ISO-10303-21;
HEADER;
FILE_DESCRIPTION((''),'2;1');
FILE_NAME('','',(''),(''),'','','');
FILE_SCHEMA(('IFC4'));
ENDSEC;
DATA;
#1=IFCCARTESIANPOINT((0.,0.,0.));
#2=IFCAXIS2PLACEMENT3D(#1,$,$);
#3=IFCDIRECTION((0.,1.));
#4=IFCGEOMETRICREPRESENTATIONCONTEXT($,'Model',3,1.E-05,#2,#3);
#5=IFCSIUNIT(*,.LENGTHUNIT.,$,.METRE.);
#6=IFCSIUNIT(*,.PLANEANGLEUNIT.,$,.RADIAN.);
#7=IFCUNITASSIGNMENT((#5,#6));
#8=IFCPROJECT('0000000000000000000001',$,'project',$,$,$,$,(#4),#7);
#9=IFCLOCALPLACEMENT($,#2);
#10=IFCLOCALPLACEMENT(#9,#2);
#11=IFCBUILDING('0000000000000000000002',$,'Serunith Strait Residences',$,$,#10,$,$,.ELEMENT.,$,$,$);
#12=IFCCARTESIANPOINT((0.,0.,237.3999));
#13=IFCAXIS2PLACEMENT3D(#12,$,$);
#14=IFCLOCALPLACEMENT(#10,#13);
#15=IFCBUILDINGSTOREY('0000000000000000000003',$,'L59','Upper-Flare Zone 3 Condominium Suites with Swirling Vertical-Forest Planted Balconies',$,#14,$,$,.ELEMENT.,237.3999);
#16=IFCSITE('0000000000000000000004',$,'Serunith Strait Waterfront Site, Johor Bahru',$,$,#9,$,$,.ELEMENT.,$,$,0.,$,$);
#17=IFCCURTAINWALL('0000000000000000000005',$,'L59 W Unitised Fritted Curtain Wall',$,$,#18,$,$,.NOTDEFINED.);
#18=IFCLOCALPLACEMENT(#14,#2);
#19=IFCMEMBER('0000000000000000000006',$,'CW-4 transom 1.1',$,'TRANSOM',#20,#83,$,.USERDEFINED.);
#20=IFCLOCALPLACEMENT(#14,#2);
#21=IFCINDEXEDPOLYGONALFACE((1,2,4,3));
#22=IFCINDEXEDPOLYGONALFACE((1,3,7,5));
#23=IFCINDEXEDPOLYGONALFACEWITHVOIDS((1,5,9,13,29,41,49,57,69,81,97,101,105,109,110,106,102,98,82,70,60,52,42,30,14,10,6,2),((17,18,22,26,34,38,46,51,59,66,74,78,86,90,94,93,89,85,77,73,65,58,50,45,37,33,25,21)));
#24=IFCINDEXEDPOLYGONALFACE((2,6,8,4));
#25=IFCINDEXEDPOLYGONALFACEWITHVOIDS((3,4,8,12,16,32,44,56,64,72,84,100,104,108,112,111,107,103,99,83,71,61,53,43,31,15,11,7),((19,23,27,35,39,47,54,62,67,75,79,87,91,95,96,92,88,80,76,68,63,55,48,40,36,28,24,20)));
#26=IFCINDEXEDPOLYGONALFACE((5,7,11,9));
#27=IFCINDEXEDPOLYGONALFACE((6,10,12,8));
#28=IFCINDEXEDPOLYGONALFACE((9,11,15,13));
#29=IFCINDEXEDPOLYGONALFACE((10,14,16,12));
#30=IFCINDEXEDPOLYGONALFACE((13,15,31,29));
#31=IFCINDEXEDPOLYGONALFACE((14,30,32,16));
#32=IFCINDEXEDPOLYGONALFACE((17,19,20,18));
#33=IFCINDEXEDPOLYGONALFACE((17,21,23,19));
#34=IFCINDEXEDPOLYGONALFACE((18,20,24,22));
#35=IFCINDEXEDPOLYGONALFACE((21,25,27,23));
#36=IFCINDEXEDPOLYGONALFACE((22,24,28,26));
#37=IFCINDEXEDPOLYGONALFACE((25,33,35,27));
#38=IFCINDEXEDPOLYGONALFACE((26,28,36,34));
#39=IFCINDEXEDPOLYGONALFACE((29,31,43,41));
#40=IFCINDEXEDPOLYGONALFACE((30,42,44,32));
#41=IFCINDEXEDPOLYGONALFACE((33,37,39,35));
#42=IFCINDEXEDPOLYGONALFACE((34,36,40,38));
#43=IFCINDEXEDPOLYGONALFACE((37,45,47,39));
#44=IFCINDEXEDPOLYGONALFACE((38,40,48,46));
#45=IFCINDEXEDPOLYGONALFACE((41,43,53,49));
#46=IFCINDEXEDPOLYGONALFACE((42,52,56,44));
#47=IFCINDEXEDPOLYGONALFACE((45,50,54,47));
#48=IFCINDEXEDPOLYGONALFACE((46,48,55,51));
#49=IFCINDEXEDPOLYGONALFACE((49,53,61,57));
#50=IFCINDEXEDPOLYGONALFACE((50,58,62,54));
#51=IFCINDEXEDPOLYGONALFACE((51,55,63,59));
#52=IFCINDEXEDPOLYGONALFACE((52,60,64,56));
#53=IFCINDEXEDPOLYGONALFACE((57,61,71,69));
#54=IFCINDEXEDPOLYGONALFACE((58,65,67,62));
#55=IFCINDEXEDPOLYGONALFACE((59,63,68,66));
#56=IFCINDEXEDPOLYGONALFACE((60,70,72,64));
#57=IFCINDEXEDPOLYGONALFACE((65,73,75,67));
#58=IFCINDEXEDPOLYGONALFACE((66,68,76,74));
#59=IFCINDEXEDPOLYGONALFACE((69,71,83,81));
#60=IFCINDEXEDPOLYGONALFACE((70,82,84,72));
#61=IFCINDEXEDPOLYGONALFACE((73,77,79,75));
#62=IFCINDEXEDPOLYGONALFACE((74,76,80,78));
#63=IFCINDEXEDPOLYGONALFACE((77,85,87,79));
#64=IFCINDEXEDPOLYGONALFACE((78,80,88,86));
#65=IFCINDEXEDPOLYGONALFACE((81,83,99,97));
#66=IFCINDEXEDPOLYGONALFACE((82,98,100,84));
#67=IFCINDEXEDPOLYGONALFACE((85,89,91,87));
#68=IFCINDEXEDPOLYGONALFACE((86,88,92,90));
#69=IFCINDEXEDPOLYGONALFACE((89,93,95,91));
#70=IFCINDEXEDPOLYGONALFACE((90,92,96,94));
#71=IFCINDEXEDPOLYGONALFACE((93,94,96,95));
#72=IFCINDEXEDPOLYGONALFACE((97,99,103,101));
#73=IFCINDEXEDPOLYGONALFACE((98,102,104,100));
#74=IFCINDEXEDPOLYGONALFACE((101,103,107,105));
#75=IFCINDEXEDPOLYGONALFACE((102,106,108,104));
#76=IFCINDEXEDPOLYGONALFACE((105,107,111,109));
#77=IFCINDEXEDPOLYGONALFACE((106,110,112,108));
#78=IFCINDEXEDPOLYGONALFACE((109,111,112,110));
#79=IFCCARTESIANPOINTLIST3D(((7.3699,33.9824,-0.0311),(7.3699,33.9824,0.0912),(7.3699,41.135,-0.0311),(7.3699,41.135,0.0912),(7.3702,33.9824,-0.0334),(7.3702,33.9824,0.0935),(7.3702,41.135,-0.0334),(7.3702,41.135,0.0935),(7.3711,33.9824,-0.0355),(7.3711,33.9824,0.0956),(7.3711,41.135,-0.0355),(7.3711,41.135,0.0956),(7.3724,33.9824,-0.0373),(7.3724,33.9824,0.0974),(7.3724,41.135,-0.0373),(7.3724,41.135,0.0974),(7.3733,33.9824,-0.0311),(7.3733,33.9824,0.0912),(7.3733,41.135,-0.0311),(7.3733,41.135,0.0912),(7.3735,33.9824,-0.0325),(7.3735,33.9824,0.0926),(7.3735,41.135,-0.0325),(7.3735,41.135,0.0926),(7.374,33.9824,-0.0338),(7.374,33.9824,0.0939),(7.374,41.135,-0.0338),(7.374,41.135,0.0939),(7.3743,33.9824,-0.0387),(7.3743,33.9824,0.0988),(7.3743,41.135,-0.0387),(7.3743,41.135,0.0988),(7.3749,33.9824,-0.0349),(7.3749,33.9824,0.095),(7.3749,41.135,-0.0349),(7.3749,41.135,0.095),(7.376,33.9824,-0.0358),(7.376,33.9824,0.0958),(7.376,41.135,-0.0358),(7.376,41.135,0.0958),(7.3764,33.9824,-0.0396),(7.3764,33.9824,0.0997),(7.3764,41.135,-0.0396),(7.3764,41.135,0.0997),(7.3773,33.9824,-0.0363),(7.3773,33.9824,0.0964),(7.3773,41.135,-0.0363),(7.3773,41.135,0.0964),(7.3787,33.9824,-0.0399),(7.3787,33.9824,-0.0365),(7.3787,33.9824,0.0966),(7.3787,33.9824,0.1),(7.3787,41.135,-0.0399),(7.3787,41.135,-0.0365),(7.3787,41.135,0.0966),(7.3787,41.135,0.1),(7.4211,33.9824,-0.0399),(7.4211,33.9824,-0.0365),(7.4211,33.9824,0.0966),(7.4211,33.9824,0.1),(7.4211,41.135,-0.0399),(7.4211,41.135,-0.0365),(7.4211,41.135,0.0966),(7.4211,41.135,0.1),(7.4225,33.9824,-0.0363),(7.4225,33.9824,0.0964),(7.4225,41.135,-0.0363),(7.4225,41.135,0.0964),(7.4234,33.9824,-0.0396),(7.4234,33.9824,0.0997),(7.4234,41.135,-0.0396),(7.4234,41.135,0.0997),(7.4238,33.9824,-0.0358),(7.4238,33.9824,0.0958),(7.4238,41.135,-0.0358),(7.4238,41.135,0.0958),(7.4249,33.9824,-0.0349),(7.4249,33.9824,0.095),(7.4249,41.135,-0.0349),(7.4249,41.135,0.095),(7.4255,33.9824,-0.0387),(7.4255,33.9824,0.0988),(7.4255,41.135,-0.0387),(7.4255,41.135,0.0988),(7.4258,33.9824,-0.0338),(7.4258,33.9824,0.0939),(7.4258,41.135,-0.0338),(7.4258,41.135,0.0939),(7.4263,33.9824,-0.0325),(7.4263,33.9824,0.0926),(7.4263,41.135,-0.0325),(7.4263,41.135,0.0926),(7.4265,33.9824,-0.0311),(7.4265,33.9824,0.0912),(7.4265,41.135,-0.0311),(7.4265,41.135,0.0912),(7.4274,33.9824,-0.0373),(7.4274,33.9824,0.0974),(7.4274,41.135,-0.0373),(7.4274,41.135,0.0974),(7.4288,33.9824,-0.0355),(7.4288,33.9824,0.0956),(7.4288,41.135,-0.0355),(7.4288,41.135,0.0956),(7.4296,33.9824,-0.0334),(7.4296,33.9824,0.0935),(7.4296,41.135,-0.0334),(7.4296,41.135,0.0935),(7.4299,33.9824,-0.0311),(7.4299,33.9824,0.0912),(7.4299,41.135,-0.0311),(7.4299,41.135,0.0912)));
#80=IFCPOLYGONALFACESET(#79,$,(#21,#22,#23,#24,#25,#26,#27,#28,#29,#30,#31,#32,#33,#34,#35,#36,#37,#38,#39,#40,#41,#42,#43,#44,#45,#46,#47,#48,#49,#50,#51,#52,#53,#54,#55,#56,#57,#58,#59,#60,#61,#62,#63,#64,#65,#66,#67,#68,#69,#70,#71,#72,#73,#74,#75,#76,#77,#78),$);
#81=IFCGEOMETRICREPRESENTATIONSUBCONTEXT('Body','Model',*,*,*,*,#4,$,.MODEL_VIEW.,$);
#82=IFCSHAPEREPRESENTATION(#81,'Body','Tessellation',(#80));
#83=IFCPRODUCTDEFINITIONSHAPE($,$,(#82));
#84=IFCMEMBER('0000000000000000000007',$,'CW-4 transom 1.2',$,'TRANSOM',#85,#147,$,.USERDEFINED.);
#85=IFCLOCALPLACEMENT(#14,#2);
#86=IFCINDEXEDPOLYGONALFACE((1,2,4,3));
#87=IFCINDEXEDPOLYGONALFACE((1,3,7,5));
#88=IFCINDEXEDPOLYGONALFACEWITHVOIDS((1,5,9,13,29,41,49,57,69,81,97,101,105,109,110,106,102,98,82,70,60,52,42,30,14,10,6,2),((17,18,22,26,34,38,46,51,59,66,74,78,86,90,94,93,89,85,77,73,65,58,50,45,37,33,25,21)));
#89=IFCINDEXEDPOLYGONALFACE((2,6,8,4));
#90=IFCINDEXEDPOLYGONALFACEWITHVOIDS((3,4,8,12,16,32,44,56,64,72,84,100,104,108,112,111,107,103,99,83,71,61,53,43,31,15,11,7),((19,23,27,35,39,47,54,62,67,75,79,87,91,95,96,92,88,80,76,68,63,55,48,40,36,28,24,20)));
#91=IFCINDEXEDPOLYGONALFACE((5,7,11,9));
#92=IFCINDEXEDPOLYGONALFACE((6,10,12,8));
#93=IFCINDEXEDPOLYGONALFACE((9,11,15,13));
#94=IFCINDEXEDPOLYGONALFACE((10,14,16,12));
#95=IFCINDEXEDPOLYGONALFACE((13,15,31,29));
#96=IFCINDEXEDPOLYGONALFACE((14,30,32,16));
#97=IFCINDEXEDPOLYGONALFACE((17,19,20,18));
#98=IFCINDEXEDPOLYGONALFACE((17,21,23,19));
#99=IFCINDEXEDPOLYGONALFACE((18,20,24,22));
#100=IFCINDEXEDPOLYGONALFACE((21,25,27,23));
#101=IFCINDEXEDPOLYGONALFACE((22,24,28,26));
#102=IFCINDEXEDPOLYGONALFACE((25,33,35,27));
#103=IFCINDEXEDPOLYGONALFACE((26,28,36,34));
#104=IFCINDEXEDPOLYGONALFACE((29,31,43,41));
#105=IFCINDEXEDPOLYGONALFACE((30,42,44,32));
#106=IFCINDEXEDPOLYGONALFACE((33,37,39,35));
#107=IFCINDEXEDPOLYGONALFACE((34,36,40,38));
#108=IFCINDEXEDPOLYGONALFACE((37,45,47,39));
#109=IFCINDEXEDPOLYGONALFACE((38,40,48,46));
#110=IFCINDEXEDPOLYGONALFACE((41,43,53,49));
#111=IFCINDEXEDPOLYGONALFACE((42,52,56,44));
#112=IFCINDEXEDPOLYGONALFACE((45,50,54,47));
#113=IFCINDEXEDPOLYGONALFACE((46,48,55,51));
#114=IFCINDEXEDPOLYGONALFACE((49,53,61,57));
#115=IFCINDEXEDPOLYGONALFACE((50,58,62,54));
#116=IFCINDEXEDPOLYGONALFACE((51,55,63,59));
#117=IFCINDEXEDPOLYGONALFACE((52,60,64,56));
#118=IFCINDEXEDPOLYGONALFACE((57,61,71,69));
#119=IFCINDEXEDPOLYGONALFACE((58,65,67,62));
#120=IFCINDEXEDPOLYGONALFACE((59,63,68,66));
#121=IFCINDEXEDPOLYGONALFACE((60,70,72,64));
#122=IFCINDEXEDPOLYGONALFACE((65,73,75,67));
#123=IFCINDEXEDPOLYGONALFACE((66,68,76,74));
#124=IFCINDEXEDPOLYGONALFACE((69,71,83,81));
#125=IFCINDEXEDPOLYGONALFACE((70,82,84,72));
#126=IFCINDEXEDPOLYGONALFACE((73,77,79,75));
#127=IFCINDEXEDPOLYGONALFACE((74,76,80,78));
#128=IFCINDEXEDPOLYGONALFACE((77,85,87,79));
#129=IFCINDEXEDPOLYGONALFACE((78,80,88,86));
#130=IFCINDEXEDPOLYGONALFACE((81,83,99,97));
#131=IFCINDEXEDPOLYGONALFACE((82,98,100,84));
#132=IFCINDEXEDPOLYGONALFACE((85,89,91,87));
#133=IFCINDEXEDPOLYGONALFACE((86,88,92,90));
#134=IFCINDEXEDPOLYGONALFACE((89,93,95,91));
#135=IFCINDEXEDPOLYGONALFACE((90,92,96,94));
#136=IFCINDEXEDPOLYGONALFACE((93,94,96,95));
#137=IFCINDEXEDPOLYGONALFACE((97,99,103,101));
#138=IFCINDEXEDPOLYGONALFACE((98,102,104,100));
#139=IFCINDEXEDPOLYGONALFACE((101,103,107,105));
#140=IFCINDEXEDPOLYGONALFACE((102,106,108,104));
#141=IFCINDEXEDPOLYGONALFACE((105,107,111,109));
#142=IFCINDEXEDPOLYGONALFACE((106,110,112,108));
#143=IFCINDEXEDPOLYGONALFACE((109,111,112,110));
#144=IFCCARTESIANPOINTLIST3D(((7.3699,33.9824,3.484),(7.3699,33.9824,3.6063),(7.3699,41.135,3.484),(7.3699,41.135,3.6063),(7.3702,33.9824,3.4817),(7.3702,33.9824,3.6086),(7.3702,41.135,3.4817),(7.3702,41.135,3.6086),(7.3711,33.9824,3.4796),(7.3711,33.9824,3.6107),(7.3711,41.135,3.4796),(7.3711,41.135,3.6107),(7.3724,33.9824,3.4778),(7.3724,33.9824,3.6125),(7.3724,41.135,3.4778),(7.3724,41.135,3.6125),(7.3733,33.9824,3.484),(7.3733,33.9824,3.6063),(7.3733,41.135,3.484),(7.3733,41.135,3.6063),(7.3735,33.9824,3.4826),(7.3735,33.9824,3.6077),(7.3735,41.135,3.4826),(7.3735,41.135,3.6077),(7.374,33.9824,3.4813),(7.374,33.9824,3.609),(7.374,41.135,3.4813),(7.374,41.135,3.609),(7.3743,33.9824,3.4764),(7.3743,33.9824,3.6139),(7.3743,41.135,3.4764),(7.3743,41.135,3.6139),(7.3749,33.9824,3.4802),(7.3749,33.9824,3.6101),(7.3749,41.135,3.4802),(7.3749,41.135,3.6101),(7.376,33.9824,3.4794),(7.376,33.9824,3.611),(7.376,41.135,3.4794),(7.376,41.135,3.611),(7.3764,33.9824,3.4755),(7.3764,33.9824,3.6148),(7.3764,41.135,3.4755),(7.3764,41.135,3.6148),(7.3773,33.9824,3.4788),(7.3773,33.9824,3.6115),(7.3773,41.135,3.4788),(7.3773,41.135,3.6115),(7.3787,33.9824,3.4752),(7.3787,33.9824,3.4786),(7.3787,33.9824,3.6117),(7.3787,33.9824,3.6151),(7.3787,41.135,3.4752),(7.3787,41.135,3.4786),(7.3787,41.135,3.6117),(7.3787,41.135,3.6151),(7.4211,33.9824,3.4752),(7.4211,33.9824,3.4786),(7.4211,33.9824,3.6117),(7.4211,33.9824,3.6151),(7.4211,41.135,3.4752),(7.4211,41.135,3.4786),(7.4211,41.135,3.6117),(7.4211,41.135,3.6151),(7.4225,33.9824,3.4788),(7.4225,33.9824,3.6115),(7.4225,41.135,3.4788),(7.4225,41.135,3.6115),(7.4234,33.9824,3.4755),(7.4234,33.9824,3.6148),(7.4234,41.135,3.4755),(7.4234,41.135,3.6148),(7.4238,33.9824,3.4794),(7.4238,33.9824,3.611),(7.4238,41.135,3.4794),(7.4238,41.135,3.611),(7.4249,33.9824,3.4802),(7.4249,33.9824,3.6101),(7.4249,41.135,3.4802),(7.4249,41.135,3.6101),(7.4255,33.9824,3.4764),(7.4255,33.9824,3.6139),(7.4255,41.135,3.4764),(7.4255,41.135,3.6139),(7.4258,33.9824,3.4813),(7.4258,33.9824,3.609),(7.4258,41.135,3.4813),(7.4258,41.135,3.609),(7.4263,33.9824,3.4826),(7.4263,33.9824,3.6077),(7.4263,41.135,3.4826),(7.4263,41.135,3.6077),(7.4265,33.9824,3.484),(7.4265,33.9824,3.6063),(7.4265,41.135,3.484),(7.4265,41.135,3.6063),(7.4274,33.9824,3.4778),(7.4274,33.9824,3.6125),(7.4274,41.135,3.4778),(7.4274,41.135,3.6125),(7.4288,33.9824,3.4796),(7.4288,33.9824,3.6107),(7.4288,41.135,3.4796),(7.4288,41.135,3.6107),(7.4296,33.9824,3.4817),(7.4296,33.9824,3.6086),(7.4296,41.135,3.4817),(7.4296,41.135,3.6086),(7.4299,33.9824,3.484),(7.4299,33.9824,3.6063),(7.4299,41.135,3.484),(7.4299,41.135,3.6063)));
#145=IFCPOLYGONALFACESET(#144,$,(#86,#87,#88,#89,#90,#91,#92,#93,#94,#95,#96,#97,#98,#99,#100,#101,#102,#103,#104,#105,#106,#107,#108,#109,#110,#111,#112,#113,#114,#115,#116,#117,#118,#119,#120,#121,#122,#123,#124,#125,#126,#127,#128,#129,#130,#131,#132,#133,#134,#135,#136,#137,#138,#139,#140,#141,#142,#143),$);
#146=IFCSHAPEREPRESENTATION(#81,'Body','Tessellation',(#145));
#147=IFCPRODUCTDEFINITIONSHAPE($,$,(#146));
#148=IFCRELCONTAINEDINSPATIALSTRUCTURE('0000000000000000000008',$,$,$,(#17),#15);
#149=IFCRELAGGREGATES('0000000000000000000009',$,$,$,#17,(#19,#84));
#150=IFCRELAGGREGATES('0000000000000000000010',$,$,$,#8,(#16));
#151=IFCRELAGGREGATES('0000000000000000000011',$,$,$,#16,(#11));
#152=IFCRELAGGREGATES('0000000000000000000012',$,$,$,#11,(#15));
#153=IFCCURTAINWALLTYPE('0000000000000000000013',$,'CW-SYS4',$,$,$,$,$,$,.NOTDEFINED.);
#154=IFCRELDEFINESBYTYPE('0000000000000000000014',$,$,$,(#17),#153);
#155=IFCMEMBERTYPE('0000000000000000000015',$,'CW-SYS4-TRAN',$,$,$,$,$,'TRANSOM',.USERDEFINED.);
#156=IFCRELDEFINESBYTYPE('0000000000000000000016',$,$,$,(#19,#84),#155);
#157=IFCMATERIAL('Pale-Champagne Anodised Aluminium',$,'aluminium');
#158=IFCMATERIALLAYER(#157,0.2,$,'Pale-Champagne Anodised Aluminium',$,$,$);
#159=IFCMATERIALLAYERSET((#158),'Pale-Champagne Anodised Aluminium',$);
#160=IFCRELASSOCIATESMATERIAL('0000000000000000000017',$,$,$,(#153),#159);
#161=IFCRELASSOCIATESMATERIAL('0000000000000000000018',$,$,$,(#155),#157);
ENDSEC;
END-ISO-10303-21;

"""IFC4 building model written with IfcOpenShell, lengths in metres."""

from ifc_helpers import new_model, si_unit, direction, frame, origin, origin_2d, place, context, subcontext, project, spatial, hollow_rectangle, extrude, source, transform, mapped, material, layer, layer_set, material_profile, profile_set, type_object, element, aggregate, save


model = new_model("IFC4")

# Units and contexts
model_context = context("Model", 3, precision=1e-05, world=origin(), true_north=direction((0.0, 1.0)))
body_context = subcontext(model_context, "Body", "Model", "MODEL_VIEW")
ifc_project = project(units=[si_unit("LENGTHUNIT", "METRE"), si_unit("PLANEANGLEUNIT", "RADIAN")], contexts=[model_context])

# Site, building, storey
site_placement = place(None, origin())
site = spatial("IfcSite", under=ifc_project, at=site_placement, Name="Serunith Strait Waterfront Site, Johor Bahru", CompositionType="ELEMENT", RefElevation=0.0)
building_placement = place(site_placement, origin())
building = spatial("IfcBuilding", under=site, at=building_placement, Name="Serunith Strait Residences", CompositionType="ELEMENT")
storey_placement = place(building_placement, frame((0.0, 0.0, 237.3999)))
storey = spatial("IfcBuildingStorey", under=building, at=storey_placement, Name="L59", Description="Upper-Flare Zone 3 Condominium Suites with Swirling Vertical-Forest Planted Balconies", CompositionType="ELEMENT", Elevation=237.3999)

# Curtain wall, members
ifc_material_1 = material(Name="Pale-Champagne Anodised Aluminium", Category="aluminium")
ifc_layer_1 = layer(ifc_material_1, 0.2, Name="Pale-Champagne Anodised Aluminium")
ifc_layer_set_1 = layer_set([ifc_layer_1], Name="Pale-Champagne Anodised Aluminium")
curtain_wall_type = type_object("IfcCurtainWallType", Name="CW-SYS4", PredefinedType="NOTDEFINED", material=ifc_layer_set_1)
curtain_wall_1_placement = place(storey_placement, origin())
curtain_wall_1 = element("IfcCurtainWall", 1, at=curtain_wall_1_placement, inside=storey, type_object=curtain_wall_type, Name="L59 W Unitised Fritted Curtain Wall", PredefinedType="NOTDEFINED")
ifc_material_profile_1 = material_profile(ifc_material_1, hollow_rectangle(XDim=0.0601, YDim=0.1399, WallThickness=0.0034, InnerFilletRadius=0.0054, OuterFilletRadius=0.0088, at=origin_2d()), Name="ALU 140x60x3.5")
ifc_profile_set_1 = profile_set([ifc_material_profile_1], Name="Pale-Champagne Anodised Aluminium")
member_type_1 = type_object("IfcMemberType", Name="CW-SYS4-TRAN", ElementType="TRANSOM", PredefinedType="USERDEFINED", material=ifc_profile_set_1)
shared_shape_1 = source(origin(), body_context, "Body", "SweptSolid", [
    extrude(hollow_rectangle(XDim=0.0601, YDim=0.1399, WallThickness=0.0034, InnerFilletRadius=0.0054, OuterFilletRadius=0.0088, at=origin_2d()), origin(), (0.0, 0.0, 1.0), 7.1526),
])
member_1_placement = place(storey_placement, frame((7.3999, 41.135, 0.03), z_axis=(0.0, -1.0, 0.0), x_axis=(1.0, 0.0, 0.0)))
member_1 = element("IfcMember", 2, at=member_1_placement, type_object=member_type_1, Name="CW-4 transom 1.1", ObjectType="TRANSOM", PredefinedType="USERDEFINED", context=body_context, shape_type="MappedRepresentation", body=[
    mapped(shared_shape_1, transform((0.0, 0.0, 0.0), scale=1.0)),
])
member_2_placement = place(storey_placement, frame((7.3999, 41.135, 3.5452), z_axis=(0.0, -1.0, 0.0), x_axis=(1.0, 0.0, 0.0)))
member_2 = element("IfcMember", 3, at=member_2_placement, type_object=member_type_1, Name="CW-4 transom 1.2", ObjectType="TRANSOM", PredefinedType="USERDEFINED", context=body_context, shape_type="MappedRepresentation", body=[
    mapped(shared_shape_1, transform((0.0, 0.0, 0.0), scale=1.0)),
])

aggregate(curtain_wall_1, [member_1, member_2])

save(model, "model.ifc")
